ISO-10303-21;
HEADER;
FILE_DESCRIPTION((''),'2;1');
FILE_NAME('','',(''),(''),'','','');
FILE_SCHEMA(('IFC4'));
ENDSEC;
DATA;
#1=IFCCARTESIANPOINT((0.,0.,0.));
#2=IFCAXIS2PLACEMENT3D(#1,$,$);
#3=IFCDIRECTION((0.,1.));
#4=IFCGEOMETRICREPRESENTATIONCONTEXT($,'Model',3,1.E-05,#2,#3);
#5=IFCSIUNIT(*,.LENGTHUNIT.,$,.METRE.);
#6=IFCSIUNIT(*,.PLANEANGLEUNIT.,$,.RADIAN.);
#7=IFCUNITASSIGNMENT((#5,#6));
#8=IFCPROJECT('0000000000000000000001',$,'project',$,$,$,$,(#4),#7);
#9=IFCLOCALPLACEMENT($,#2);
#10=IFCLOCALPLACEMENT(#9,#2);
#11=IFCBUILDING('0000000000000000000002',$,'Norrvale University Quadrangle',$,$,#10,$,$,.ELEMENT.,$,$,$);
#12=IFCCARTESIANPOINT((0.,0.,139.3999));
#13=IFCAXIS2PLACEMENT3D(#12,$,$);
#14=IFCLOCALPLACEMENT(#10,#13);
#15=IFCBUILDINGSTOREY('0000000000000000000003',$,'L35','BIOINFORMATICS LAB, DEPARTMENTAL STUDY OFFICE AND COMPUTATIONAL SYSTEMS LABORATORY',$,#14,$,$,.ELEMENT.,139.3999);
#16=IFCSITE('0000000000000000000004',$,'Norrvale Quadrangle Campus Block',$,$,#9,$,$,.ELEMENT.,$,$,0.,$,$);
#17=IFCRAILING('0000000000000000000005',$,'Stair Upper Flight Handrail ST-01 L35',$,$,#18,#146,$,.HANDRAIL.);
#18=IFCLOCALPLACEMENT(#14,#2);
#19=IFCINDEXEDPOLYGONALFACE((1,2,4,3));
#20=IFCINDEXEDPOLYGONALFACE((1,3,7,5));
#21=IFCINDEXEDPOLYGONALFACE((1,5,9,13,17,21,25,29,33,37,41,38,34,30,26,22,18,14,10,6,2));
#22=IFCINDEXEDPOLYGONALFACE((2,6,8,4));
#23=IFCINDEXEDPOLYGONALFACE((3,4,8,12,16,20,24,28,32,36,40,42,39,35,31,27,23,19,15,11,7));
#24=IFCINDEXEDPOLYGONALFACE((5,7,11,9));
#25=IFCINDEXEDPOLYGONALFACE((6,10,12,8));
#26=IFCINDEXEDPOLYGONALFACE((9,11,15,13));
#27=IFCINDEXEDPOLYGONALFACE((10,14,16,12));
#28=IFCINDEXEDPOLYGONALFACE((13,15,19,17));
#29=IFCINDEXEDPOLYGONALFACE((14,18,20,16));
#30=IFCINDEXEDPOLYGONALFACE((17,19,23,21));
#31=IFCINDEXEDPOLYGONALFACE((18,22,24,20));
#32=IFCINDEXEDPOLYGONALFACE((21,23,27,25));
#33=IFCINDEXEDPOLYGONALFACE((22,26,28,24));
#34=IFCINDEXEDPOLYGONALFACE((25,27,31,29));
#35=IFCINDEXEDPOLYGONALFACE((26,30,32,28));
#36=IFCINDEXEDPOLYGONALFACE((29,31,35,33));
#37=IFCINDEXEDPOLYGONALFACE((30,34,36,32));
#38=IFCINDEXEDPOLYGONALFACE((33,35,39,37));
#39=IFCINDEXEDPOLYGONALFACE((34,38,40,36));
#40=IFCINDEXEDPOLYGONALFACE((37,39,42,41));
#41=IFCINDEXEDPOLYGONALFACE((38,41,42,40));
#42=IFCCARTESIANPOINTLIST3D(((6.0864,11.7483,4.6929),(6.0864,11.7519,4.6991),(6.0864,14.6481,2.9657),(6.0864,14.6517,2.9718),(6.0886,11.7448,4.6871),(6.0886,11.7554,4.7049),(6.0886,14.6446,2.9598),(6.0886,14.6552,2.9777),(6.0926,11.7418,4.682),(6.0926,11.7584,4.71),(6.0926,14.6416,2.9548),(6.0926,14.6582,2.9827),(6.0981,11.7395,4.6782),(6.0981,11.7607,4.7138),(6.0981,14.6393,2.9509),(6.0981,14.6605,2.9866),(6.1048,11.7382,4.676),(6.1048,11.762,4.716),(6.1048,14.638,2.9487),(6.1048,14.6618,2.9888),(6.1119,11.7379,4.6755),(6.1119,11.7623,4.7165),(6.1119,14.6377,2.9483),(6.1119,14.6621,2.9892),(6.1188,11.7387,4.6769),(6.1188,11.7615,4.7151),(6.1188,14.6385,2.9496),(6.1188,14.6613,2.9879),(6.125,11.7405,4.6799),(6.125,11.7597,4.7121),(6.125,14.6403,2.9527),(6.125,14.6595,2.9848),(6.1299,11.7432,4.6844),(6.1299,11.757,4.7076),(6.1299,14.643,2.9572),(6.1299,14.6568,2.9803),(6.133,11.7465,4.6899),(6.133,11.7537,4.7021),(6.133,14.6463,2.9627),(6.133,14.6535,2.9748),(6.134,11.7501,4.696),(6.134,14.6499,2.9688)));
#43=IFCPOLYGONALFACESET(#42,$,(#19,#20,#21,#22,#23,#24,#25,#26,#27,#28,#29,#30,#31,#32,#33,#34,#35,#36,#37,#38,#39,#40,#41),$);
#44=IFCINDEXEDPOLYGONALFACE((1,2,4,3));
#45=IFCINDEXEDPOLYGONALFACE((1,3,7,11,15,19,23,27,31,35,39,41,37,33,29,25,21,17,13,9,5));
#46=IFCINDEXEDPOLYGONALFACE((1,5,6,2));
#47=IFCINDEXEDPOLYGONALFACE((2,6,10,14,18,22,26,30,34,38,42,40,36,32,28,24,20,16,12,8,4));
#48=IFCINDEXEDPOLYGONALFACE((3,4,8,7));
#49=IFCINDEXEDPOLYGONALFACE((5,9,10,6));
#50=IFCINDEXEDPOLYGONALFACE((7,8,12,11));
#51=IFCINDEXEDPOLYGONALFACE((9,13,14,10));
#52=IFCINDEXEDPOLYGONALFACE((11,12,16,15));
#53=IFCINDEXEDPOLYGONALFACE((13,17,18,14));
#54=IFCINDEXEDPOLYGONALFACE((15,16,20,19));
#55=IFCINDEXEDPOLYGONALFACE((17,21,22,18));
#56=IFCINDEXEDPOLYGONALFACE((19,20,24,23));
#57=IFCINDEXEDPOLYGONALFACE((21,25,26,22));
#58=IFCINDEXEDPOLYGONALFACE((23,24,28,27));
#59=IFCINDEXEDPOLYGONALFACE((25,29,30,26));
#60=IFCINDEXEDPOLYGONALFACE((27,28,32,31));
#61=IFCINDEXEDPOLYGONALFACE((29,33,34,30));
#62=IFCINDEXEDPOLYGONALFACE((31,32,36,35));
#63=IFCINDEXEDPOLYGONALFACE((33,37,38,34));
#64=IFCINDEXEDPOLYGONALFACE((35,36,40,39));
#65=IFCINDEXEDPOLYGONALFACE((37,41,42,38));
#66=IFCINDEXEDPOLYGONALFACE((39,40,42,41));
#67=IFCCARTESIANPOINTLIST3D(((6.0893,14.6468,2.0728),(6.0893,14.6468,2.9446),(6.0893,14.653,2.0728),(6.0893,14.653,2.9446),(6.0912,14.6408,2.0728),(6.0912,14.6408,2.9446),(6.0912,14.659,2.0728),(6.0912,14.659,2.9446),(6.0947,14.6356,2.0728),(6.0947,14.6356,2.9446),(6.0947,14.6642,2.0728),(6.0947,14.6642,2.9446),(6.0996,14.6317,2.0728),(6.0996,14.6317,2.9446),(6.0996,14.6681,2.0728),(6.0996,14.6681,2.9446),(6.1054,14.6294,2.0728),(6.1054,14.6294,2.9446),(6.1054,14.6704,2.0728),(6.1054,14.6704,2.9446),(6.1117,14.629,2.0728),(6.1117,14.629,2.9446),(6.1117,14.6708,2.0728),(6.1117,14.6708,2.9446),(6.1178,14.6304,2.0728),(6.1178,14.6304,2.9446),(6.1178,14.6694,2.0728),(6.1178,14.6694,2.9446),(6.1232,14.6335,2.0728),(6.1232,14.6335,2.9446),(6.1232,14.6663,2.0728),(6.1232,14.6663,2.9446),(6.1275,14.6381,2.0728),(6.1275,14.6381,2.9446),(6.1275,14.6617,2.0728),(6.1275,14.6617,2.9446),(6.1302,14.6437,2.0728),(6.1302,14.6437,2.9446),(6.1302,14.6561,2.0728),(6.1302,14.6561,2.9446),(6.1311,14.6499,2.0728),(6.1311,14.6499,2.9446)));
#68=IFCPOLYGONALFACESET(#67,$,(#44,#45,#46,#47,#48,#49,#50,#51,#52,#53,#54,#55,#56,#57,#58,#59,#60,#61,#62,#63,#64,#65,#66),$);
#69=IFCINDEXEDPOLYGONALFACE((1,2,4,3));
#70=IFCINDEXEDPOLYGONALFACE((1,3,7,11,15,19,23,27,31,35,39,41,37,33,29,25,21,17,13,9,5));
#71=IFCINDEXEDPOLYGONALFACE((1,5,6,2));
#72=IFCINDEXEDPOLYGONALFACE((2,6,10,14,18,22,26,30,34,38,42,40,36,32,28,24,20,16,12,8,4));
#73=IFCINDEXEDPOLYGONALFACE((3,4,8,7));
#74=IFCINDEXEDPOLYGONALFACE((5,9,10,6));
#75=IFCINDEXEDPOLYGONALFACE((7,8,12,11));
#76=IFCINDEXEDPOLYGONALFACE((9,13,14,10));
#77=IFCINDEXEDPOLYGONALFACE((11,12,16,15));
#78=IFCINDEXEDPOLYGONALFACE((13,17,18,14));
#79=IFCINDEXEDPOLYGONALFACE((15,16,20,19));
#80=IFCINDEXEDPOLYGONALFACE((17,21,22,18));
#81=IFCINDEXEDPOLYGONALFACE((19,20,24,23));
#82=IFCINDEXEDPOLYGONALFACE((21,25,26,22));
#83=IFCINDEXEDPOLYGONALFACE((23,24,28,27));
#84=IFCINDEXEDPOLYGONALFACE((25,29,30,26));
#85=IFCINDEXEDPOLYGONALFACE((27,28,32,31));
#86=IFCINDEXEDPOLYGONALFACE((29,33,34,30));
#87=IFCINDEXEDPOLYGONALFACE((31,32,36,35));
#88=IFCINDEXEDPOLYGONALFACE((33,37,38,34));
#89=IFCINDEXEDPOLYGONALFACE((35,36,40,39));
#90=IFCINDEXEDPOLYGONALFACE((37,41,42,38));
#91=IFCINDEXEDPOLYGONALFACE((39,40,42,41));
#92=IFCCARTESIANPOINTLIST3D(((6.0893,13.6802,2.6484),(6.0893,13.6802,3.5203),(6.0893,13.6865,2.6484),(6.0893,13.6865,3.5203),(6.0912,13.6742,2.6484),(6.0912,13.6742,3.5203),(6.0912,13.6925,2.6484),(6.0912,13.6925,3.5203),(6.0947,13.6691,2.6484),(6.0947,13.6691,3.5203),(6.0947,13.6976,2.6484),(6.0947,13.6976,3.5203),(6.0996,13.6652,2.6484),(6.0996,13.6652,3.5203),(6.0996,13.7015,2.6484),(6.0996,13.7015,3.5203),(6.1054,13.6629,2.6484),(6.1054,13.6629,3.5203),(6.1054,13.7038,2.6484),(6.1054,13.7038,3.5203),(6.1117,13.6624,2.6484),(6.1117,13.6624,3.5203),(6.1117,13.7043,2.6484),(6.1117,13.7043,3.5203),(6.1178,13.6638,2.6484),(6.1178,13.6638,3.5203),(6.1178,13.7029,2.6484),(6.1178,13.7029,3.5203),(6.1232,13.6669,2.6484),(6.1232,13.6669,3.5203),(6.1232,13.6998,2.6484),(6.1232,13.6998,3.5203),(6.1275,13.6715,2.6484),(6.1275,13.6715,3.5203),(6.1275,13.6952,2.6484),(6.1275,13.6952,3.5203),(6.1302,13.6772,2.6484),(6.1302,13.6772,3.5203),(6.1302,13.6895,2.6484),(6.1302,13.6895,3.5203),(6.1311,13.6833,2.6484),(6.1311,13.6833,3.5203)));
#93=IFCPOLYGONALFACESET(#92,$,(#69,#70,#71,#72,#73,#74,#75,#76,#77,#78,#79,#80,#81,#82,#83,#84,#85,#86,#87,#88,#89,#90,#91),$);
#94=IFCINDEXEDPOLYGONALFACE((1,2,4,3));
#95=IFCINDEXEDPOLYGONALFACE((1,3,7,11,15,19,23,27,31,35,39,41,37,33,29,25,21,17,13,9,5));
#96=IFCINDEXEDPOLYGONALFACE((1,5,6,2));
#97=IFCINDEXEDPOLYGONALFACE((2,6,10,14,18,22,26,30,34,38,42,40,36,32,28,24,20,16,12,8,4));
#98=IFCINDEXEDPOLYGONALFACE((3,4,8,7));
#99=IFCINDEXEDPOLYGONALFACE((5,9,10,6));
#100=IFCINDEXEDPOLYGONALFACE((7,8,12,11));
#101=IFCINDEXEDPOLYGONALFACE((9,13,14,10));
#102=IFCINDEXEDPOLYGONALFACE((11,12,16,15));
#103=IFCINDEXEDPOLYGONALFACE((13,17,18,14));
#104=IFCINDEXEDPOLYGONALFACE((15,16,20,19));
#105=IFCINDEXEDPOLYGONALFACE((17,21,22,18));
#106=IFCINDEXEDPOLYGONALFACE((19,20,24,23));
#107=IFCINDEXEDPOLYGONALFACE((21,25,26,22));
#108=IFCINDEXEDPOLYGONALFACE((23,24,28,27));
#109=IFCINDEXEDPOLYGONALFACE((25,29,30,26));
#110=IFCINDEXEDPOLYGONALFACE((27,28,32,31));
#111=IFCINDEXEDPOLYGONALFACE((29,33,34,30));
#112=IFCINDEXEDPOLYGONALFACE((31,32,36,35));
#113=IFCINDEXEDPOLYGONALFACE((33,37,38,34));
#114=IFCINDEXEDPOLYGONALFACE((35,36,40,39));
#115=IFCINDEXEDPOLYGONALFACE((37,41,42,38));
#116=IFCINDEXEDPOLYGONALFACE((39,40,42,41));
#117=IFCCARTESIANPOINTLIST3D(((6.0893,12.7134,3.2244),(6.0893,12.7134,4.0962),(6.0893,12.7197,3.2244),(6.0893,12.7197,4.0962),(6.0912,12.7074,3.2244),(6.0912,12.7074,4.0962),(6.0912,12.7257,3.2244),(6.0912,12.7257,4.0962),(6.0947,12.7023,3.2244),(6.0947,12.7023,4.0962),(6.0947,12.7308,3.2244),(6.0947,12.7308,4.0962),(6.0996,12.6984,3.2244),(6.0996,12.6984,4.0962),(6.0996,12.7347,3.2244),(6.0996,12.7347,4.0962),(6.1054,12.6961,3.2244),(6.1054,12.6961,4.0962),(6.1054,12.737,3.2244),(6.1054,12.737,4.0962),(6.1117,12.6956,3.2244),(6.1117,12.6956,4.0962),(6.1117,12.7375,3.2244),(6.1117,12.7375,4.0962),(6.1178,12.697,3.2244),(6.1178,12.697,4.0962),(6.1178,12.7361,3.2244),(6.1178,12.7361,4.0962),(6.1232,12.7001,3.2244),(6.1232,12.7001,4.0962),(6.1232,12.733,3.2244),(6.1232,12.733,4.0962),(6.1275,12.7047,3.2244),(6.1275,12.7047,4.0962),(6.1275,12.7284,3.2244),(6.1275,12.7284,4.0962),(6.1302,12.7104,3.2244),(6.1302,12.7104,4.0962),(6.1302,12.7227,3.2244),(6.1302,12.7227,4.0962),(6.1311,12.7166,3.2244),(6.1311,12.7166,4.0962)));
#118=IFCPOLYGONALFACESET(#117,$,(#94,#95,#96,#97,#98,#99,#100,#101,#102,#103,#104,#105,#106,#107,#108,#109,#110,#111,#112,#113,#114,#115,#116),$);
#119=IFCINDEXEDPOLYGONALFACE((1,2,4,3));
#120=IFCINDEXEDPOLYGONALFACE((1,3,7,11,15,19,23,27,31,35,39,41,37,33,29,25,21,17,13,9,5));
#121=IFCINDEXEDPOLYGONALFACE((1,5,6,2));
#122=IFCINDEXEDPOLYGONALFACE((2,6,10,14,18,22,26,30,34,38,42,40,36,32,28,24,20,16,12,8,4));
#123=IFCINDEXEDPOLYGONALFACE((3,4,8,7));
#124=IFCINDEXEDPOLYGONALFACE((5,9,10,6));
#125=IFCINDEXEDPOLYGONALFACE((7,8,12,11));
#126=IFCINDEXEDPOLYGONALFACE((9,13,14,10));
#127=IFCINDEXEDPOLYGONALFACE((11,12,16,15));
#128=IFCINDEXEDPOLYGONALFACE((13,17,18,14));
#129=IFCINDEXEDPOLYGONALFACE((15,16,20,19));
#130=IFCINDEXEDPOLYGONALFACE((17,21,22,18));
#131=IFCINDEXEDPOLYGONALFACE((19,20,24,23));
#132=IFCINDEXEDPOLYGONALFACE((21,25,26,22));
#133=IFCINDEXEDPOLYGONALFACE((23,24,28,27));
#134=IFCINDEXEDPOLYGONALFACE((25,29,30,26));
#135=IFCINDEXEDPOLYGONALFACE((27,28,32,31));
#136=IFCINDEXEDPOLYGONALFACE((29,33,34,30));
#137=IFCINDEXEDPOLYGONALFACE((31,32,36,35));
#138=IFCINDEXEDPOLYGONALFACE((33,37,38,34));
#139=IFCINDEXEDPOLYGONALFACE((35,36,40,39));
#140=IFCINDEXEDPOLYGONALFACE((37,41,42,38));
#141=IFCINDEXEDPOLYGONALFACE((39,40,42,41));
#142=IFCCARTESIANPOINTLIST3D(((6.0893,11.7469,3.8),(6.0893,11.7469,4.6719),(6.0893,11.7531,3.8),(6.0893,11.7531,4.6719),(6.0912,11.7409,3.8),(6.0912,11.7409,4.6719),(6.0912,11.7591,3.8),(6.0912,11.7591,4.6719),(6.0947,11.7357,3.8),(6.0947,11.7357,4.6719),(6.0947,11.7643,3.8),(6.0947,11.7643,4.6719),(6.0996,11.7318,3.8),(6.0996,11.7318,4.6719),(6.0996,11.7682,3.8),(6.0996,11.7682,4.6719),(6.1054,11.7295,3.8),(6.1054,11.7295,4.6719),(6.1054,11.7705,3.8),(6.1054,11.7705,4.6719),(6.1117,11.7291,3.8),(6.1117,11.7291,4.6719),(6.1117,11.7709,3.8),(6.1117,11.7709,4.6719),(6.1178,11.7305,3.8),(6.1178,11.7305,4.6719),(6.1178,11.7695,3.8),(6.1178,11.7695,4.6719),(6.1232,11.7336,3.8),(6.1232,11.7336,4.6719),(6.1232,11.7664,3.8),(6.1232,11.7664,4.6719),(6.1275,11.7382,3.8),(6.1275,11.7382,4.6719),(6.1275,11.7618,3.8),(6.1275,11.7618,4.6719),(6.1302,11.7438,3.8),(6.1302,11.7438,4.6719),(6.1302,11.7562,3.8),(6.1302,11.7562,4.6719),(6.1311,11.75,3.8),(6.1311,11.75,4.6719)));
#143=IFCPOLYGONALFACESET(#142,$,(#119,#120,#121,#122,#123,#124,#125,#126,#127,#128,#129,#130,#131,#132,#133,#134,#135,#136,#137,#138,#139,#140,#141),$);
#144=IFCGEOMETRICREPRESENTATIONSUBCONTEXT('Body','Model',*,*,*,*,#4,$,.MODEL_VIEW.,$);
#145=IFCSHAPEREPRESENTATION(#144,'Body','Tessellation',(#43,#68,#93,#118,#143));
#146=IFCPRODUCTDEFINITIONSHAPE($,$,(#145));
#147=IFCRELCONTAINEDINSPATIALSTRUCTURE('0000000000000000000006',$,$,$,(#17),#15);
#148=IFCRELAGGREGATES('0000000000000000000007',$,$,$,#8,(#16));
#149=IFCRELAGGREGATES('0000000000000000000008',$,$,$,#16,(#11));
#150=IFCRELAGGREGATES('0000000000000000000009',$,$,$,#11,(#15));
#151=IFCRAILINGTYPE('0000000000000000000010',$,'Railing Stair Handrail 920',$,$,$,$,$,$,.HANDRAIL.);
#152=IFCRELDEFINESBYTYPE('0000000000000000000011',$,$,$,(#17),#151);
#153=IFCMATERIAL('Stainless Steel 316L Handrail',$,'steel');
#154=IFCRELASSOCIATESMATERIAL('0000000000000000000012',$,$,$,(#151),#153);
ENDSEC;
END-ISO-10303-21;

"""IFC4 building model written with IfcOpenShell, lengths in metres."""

from ifc_helpers import new_model, si_unit, direction, frame, origin, origin_2d, place, context, subcontext, project, spatial, circle, extrude, material, type_object, element, save


model = new_model("IFC4")

# Units and contexts
model_context = context("Model", 3, precision=1e-05, world=origin(), true_north=direction((0.0, 1.0)))
body_context = subcontext(model_context, "Body", "Model", "MODEL_VIEW")
ifc_project = project(units=[si_unit("LENGTHUNIT", "METRE"), si_unit("PLANEANGLEUNIT", "RADIAN")], contexts=[model_context])

# Site, building, storey
site_placement = place(None, origin())
site = spatial("IfcSite", under=ifc_project, at=site_placement, Name="Norrvale Quadrangle Campus Block", CompositionType="ELEMENT", RefElevation=0.0)
building_placement = place(site_placement, origin())
building = spatial("IfcBuilding", under=site, at=building_placement, Name="Norrvale University Quadrangle", CompositionType="ELEMENT")
storey_placement = place(building_placement, frame((0.0, 0.0, 139.3999)))
storey = spatial("IfcBuildingStorey", under=building, at=storey_placement, Name="L35", Description="BIOINFORMATICS LAB, DEPARTMENTAL STUDY OFFICE AND COMPUTATIONAL SYSTEMS LABORATORY", CompositionType="ELEMENT", Elevation=139.3999)

# Railing
ifc_material_1 = material(Name="Stainless Steel 316L Handrail", Category="steel")
railing_type_1 = type_object("IfcRailingType", Name="Railing Stair Handrail 920", PredefinedType="HANDRAIL", material=ifc_material_1)
railing_1_placement = place(storey_placement, frame((6.1101, 14.6499, 2.0728)))
element("IfcRailing", 1, at=railing_1_placement, inside=storey, type_object=railing_type_1, Name="Stair Upper Flight Handrail ST-01 L35", PredefinedType="HANDRAIL", context=body_context, shape_type="SweptSolid", body=[
    extrude(circle(Radius=0.0239, at=origin_2d()), frame((0.0, 0.0, 0.896), z_axis=(0.0, -0.859141, 0.511738), x_axis=(1.0, 0.0, 0.0)), (0.0, 0.0, 1.0), 3.3752),
    extrude(circle(Radius=0.021, at=origin_2d()), origin(), (0.0, 0.0, 1.0), 0.8718),
    extrude(circle(Radius=0.021, at=origin_2d()), frame((0.0, -0.9666, 0.5757)), (0.0, 0.0, 1.0), 0.8718),
    extrude(circle(Radius=0.021, at=origin_2d()), frame((0.0, -1.9333, 1.1516)), (0.0, 0.0, 1.0), 0.8718),
    extrude(circle(Radius=0.021, at=origin_2d()), frame((0.0, -2.8999, 1.7273)), (0.0, 0.0, 1.0), 0.8718),
])

save(model, "model.ifc")
